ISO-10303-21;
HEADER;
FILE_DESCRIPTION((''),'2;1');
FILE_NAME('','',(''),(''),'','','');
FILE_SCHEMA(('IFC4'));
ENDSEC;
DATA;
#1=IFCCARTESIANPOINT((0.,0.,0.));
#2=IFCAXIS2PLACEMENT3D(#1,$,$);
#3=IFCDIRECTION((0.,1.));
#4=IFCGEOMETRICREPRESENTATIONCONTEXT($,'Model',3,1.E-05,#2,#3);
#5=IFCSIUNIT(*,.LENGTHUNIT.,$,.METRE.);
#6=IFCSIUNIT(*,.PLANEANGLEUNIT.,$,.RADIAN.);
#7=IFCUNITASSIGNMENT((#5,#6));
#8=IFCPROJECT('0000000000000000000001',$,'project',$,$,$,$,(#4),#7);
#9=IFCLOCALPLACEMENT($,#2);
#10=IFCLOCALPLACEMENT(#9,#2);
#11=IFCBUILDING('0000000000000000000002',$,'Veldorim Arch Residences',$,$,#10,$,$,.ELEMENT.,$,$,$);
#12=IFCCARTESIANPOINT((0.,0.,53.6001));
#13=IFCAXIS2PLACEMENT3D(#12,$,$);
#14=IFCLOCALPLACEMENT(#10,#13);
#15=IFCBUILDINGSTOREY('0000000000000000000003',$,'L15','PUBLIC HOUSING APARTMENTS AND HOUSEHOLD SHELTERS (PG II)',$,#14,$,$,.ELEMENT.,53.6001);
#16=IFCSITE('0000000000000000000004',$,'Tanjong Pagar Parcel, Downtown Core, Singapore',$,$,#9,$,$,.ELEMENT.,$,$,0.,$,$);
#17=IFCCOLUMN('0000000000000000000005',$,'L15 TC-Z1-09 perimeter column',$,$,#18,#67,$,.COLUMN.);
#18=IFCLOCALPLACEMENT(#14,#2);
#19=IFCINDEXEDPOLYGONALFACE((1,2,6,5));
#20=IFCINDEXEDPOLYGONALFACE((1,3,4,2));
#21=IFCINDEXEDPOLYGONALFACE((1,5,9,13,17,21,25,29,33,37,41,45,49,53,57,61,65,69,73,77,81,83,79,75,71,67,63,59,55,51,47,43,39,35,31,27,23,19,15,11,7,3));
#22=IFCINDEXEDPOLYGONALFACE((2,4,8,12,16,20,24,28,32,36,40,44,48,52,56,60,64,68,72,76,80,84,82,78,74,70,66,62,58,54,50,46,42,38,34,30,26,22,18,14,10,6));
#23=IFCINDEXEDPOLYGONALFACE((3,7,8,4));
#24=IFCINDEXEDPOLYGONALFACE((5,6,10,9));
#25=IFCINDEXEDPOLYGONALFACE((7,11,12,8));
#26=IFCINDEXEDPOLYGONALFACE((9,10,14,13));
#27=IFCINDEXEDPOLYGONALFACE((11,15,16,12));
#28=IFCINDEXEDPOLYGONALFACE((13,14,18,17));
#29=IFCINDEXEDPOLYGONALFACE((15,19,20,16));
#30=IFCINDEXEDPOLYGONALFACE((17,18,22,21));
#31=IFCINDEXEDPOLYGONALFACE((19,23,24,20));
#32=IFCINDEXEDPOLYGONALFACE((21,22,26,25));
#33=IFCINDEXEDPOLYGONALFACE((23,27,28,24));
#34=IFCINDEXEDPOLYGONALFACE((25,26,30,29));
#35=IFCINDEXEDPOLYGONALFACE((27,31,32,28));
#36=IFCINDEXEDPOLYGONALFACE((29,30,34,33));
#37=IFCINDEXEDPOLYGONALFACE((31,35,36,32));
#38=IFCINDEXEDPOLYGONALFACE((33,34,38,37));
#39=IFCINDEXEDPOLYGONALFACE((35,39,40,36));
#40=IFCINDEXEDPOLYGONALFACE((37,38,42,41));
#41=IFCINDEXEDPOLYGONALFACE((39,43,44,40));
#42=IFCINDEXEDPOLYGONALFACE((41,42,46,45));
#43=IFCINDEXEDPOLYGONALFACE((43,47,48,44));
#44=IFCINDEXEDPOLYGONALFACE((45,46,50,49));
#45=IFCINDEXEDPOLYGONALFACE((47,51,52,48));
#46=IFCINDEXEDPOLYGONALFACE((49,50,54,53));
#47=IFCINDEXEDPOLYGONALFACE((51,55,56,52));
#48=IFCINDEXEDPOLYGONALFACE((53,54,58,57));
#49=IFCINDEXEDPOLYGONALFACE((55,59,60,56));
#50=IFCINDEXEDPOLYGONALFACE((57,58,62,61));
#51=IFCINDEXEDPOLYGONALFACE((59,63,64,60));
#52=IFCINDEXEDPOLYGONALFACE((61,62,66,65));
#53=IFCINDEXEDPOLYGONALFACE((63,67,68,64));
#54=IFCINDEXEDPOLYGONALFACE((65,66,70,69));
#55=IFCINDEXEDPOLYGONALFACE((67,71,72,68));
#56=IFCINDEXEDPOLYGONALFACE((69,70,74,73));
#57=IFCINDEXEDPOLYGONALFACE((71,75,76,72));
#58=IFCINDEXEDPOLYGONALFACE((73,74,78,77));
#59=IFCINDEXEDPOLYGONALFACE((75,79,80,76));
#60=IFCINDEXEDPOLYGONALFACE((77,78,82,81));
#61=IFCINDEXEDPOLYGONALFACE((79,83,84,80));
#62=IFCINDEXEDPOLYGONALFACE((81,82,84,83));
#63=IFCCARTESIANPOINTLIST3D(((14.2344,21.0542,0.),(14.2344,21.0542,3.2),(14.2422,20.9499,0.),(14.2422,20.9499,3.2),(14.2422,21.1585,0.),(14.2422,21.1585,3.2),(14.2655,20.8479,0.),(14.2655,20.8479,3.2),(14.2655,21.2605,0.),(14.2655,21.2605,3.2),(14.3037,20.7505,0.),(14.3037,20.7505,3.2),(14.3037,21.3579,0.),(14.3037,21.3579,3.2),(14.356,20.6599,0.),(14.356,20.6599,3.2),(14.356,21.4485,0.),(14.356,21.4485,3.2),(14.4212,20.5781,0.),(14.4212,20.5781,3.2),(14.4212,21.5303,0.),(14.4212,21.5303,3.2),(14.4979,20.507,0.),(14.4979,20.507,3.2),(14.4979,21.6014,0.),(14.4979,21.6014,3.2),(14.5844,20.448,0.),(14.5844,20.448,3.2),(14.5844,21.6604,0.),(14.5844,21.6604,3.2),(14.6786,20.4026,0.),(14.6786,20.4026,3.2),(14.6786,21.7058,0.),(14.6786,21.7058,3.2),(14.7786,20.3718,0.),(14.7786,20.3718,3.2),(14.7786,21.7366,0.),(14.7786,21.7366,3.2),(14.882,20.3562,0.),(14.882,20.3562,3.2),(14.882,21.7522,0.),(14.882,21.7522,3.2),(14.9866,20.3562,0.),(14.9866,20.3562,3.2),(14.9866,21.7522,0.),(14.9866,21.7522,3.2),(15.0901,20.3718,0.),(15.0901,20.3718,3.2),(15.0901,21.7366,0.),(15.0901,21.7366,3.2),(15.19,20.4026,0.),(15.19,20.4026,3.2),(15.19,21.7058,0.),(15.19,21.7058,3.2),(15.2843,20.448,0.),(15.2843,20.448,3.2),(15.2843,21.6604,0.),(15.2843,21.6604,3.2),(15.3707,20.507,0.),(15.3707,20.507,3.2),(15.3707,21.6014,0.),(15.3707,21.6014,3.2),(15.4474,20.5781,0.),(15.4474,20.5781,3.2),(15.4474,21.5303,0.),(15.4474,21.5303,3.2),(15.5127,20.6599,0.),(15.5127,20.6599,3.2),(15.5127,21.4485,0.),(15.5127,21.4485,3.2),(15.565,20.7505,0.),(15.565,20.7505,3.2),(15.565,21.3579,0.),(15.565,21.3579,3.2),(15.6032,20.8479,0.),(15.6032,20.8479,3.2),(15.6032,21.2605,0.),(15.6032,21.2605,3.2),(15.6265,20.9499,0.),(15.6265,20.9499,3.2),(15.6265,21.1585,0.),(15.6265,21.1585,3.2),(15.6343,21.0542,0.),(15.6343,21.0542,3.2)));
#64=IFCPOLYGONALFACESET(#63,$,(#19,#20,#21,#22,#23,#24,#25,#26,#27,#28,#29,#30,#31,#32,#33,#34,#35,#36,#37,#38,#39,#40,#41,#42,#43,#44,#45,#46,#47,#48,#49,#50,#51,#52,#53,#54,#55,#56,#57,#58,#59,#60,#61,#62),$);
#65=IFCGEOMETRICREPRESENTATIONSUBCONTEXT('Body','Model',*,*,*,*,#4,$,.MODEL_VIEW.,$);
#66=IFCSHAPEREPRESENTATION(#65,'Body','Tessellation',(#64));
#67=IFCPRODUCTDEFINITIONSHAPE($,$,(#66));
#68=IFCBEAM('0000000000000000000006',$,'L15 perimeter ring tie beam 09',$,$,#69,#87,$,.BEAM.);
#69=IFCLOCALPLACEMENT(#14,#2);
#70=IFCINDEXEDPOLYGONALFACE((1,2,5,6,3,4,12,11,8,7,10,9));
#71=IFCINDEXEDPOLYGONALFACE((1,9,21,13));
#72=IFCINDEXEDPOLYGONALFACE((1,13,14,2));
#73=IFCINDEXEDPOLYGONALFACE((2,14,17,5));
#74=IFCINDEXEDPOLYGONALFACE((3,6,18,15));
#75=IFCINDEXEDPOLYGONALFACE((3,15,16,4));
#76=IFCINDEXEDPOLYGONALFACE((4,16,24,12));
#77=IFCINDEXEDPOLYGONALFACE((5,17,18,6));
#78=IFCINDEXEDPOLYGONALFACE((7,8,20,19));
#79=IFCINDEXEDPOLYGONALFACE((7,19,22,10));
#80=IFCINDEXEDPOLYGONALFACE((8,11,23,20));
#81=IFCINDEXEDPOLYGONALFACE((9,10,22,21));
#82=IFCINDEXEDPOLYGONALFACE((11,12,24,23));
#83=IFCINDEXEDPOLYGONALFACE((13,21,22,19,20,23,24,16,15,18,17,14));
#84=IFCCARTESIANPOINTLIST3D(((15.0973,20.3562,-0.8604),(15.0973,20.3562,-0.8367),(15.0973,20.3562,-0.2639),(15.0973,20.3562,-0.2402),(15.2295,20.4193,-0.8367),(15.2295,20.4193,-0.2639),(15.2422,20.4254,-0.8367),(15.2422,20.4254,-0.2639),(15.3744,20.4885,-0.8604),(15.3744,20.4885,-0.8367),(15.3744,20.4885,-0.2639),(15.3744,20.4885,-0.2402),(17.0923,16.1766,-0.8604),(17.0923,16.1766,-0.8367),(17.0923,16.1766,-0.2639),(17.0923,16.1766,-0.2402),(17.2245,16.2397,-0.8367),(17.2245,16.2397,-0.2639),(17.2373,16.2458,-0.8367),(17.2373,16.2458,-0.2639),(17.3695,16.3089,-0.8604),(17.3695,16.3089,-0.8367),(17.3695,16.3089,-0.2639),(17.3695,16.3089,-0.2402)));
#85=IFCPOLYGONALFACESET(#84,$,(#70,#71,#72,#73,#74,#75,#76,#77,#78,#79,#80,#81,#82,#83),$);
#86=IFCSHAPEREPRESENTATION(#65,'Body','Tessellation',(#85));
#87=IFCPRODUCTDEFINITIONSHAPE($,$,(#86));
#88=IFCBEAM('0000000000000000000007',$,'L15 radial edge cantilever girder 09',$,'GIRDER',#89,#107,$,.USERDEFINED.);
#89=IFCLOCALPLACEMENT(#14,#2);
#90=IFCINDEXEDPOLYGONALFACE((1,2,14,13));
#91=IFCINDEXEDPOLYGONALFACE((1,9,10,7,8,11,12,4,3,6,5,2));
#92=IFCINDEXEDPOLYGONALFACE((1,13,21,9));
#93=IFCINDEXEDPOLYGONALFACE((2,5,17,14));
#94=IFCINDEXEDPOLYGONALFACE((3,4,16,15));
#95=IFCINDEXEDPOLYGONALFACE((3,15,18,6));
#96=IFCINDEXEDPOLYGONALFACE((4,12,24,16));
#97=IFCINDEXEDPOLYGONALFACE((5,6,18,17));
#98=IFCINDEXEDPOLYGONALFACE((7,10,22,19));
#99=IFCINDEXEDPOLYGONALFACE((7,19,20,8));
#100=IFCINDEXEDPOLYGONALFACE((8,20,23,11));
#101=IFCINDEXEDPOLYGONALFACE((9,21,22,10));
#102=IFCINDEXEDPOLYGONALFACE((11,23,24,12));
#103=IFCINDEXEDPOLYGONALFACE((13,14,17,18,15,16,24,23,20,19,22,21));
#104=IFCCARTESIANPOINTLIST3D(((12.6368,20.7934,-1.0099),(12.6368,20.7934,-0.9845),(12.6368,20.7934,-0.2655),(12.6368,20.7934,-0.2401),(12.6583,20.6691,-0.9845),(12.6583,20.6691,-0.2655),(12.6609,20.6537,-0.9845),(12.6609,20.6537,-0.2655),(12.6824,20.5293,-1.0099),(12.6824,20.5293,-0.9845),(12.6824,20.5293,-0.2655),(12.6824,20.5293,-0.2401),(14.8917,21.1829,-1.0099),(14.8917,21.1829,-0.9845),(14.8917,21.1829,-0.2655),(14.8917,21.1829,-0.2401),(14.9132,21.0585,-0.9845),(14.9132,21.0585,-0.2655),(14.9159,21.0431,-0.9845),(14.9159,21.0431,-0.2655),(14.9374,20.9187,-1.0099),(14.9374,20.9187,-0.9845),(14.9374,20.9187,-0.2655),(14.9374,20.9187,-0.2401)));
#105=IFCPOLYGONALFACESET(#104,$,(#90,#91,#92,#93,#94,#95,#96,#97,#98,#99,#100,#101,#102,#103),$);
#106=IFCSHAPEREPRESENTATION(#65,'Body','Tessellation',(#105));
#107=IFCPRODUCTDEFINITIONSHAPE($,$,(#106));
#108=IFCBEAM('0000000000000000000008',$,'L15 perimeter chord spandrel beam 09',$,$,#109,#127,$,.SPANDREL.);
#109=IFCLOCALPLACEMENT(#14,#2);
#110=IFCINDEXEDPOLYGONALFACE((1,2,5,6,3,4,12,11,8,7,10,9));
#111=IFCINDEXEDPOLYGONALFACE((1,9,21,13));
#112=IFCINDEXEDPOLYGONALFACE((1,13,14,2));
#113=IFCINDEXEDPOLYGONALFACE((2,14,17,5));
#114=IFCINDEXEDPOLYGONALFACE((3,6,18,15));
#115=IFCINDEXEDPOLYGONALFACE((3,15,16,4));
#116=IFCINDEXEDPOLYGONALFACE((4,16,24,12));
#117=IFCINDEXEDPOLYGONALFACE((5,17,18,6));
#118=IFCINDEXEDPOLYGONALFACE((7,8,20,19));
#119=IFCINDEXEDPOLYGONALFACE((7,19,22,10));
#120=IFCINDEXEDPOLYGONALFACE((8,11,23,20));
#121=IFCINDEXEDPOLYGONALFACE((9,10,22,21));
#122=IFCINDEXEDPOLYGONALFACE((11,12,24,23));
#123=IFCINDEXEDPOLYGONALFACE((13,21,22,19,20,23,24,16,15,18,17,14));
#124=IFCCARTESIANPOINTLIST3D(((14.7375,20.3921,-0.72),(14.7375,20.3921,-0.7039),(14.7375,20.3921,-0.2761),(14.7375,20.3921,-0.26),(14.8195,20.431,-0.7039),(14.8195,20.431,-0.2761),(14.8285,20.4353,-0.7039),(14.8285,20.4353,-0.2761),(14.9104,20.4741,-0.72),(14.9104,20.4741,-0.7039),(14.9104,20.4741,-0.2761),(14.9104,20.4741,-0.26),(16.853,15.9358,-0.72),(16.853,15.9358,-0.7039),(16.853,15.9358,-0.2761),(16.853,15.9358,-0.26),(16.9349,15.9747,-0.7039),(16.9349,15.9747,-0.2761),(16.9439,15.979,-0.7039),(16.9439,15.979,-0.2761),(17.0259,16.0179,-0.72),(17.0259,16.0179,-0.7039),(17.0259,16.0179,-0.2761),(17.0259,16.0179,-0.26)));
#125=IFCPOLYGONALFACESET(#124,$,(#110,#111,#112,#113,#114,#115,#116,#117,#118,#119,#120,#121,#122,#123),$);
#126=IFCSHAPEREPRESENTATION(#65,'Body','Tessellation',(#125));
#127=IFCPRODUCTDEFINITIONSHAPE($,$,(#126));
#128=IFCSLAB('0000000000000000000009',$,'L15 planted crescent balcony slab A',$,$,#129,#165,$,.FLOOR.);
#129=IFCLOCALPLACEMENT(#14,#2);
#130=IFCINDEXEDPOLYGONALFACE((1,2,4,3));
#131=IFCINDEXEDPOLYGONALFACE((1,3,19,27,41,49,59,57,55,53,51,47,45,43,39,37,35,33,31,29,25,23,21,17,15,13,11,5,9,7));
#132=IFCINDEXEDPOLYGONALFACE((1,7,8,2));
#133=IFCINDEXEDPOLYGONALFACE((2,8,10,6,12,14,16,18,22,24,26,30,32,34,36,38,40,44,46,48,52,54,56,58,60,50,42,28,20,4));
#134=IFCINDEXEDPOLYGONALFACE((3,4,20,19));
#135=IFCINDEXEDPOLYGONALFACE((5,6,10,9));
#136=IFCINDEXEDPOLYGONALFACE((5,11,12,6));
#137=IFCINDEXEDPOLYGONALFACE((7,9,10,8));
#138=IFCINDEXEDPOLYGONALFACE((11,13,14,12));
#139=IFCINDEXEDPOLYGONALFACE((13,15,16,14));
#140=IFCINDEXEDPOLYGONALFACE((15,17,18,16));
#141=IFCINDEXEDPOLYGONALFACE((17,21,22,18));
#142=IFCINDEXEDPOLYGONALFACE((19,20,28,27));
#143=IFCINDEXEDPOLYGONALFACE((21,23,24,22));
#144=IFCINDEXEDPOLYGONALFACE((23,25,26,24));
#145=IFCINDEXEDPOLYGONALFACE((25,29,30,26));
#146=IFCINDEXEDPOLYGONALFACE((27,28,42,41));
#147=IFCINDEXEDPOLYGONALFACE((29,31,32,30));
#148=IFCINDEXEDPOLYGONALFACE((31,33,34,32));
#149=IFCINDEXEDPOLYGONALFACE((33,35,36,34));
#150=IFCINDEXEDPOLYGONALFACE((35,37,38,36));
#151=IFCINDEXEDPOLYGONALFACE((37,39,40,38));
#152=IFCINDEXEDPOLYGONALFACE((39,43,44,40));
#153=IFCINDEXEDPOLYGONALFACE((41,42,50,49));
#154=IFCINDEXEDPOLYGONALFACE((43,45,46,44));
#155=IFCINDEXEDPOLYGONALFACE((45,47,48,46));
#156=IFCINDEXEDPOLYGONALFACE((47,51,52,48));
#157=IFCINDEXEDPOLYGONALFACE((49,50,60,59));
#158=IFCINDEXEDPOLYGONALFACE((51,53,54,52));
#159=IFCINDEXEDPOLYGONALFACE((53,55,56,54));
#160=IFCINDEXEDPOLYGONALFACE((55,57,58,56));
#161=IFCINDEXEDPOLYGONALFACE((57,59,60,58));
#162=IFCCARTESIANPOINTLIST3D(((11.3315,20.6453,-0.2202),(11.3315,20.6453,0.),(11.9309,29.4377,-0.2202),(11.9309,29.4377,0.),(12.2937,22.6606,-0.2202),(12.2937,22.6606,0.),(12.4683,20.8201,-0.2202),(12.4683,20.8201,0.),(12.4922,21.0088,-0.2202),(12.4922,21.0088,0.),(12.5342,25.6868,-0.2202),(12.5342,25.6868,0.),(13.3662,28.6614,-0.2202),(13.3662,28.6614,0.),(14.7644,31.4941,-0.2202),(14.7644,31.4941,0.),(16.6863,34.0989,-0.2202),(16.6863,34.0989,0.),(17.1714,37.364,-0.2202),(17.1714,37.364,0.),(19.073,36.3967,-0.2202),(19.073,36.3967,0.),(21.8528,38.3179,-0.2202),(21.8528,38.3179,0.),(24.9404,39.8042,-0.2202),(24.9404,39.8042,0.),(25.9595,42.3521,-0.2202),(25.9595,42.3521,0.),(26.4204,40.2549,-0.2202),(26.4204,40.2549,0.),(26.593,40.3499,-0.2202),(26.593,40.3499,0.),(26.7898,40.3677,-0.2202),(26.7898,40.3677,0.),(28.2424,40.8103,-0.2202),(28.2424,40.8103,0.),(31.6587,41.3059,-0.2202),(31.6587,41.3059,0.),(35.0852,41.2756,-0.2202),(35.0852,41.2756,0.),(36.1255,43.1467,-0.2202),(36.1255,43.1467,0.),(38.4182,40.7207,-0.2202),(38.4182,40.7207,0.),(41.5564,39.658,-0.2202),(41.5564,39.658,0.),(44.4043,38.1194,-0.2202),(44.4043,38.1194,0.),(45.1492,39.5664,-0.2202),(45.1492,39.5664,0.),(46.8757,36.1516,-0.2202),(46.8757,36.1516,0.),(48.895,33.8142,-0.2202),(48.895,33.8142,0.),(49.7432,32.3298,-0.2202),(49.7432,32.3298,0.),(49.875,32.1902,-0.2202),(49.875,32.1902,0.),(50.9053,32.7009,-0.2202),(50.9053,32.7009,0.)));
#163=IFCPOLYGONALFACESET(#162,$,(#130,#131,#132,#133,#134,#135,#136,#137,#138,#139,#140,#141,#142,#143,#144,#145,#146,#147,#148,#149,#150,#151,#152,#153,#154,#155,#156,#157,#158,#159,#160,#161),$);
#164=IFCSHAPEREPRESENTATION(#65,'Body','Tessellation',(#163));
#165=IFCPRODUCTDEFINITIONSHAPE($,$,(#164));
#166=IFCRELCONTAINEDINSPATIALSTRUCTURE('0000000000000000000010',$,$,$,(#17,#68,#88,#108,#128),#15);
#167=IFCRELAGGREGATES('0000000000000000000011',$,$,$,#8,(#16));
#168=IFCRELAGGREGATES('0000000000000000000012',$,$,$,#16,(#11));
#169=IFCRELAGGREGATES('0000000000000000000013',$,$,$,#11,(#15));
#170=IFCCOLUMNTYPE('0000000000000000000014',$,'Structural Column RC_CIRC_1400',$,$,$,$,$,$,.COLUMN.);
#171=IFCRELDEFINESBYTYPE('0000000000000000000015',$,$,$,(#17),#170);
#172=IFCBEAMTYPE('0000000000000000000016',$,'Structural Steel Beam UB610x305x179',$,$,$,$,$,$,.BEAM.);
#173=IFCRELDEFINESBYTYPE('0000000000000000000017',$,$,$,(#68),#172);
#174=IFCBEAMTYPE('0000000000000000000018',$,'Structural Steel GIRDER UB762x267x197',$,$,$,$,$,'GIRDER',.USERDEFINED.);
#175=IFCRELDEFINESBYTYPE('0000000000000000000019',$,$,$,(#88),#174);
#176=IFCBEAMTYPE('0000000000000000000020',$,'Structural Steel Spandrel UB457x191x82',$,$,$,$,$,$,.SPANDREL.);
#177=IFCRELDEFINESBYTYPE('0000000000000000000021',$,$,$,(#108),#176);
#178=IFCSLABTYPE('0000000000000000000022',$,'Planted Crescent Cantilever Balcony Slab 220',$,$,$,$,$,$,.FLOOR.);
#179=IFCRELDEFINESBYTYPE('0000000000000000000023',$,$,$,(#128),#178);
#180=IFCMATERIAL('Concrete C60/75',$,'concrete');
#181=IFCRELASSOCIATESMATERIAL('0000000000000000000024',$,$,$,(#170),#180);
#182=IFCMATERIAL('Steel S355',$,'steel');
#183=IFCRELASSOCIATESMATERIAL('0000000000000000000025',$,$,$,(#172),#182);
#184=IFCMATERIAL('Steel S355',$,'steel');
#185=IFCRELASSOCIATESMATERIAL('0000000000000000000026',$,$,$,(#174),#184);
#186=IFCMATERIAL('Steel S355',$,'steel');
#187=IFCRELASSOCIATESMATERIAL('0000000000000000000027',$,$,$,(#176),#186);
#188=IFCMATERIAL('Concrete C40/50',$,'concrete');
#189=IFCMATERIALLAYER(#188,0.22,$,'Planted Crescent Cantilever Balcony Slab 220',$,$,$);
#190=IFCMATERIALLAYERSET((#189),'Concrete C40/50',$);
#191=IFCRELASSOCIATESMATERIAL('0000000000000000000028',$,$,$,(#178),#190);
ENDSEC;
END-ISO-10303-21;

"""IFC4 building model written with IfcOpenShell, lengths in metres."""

from ifc_helpers import new_model, si_unit, direction, frame, origin, origin_2d, place, context, subcontext, project, spatial, polyline, circle, i_section, outline, extrude, material, layer, layer_set, material_profile, profile_set, type_object, element, save


model = new_model("IFC4")

# Units and contexts
model_context = context("Model", 3, precision=1e-05, world=origin(), true_north=direction((0.0, 1.0)))
body_context = subcontext(model_context, "Body", "Model", "MODEL_VIEW")
ifc_project = project(units=[si_unit("LENGTHUNIT", "METRE"), si_unit("PLANEANGLEUNIT", "RADIAN")], contexts=[model_context])

# Site, building, storey
site_placement = place(None, origin())
site = spatial("IfcSite", under=ifc_project, at=site_placement, Name="Tanjong Pagar Parcel, Downtown Core, Singapore", CompositionType="ELEMENT", RefElevation=0.0)
building_placement = place(site_placement, origin())
building = spatial("IfcBuilding", under=site, at=building_placement, Name="Veldorim Arch Residences", CompositionType="ELEMENT")
storey_placement = place(building_placement, frame((0.0, 0.0, 53.6001)))
storey = spatial("IfcBuildingStorey", under=building, at=storey_placement, Name="L15", Description="PUBLIC HOUSING APARTMENTS AND HOUSEHOLD SHELTERS (PG II)", CompositionType="ELEMENT", Elevation=53.6001)

# Column
ifc_material_1 = material(Name="Concrete C60/75", Category="concrete")
ifc_material_profile_1 = material_profile(ifc_material_1, circle(Radius=0.7, at=origin_2d()), Name="RC_CIRC_1400")
ifc_profile_set_1 = profile_set([ifc_material_profile_1], Name="Concrete C60/75")
column_type = type_object("IfcColumnType", Name="Structural Column RC_CIRC_1400", PredefinedType="COLUMN", material=ifc_profile_set_1)
column_placement = place(storey_placement, frame((14.9343, 21.0542, 0.0), z_axis=(0.0, 0.0, 1.0), x_axis=(1.0, 0.0, 0.0)))
element("IfcColumn", 1, at=column_placement, inside=storey, type_object=column_type, Name="L15 TC-Z1-09 perimeter column", PredefinedType="COLUMN", context=body_context, shape_type="SweptSolid", body=[
    extrude(circle(Radius=0.7, at=origin_2d()), origin(), (0.0, 0.0, 1.0), 3.2),
])

# Beams
ifc_material_2 = material(Name="Steel S355", Category="steel")
ifc_material_profile_2 = material_profile(ifc_material_2, i_section(OverallWidth=0.3071, OverallDepth=0.6201, WebThickness=0.0142, FlangeThickness=0.0237, at=origin_2d()), Name="UB610x305x179")
ifc_profile_set_2 = profile_set([ifc_material_profile_2], Name="Steel S355")
beam_type_1 = type_object("IfcBeamType", Name="Structural Steel Beam UB610x305x179", PredefinedType="BEAM", material=ifc_profile_set_2)
beam_1_placement = place(storey_placement, frame((15.2358, 20.4224, -0.5503), z_axis=(0.430776, -0.902459, 0.0), x_axis=(0.902459, 0.430776, 0.0)))
element("IfcBeam", 2, at=beam_1_placement, inside=storey, type_object=beam_type_1, Name="L15 perimeter ring tie beam 09", PredefinedType="BEAM", context=body_context, shape_type="SweptSolid", body=[
    extrude(i_section(OverallWidth=0.3071, OverallDepth=0.6201, WebThickness=0.0142, FlangeThickness=0.0237, at=origin_2d()), origin(), (0.0, 0.0, 1.0), 4.6313),
])
ifc_material_3 = material(Name="Steel S355", Category="steel")
ifc_material_profile_3 = material_profile(ifc_material_3, i_section(OverallWidth=0.2681, OverallDepth=0.7698, WebThickness=0.0156, FlangeThickness=0.0254, at=origin_2d()), Name="UB762x267x197")
ifc_profile_set_3 = profile_set([ifc_material_profile_3], Name="Steel S355")
beam_type_2 = type_object("IfcBeamType", Name="Structural Steel GIRDER UB762x267x197", ElementType="GIRDER", PredefinedType="USERDEFINED", material=ifc_profile_set_3)
beam_2_placement = place(storey_placement, frame((14.9146, 21.0508, -0.625), z_axis=(-0.985414, -0.170175, 0.0), x_axis=(0.170175, -0.985414, 0.0)))
element("IfcBeam", 3, at=beam_2_placement, inside=storey, type_object=beam_type_2, Name="L15 radial edge cantilever girder 09", ObjectType="GIRDER", PredefinedType="USERDEFINED", context=body_context, shape_type="SweptSolid", body=[
    extrude(i_section(OverallWidth=0.2681, OverallDepth=0.7698, WebThickness=0.0156, FlangeThickness=0.0254, at=origin_2d()), origin(), (0.0, 0.0, 1.0), 2.2883),
])
ifc_material_4 = material(Name="Steel S355", Category="steel")
ifc_material_profile_4 = material_profile(ifc_material_4, i_section(OverallWidth=0.1914, OverallDepth=0.46, WebThickness=0.01, FlangeThickness=0.0161, at=origin_2d()), Name="UB457x191x82")
ifc_profile_set_4 = profile_set([ifc_material_profile_4], Name="Steel S355")
beam_type_3 = type_object("IfcBeamType", Name="Structural Steel Spandrel UB457x191x82", PredefinedType="SPANDREL", material=ifc_profile_set_4)
beam_3_placement = place(storey_placement, frame((14.824, 20.4331, -0.49), z_axis=(0.428848, -0.903377, 0.0), x_axis=(0.903377, 0.428848, 0.0)))
element("IfcBeam", 4, at=beam_3_placement, inside=storey, type_object=beam_type_3, Name="L15 perimeter chord spandrel beam 09", PredefinedType="SPANDREL", context=body_context, shape_type="SweptSolid", body=[
    extrude(i_section(OverallWidth=0.1914, OverallDepth=0.46, WebThickness=0.01, FlangeThickness=0.0161, at=origin_2d()), origin(), (0.0, 0.0, 1.0), 4.9329),
])

# Slab
ifc_material_5 = material(Name="Concrete C40/50", Category="concrete")
ifc_layer_1 = layer(ifc_material_5, 0.22, Name="Planted Crescent Cantilever Balcony Slab 220")
ifc_layer_set_1 = layer_set([ifc_layer_1], Name="Concrete C40/50")
slab_type_1 = type_object("IfcSlabType", Name="Planted Crescent Cantilever Balcony Slab 220", PredefinedType="FLOOR", material=ifc_layer_set_1)
slab_1_placement = place(storey_placement, frame((0.0, 0.0, -0.2202)))
element("IfcSlab", 5, at=slab_1_placement, inside=storey, type_object=slab_type_1, Name="L15 planted crescent balcony slab A", PredefinedType="FLOOR", context=body_context, shape_type="SweptSolid", body=[
    extrude(outline(polyline([(49.7432, 32.3298), (48.895, 33.8142), (46.8757, 36.1516), (44.4043, 38.1194), (41.5564, 39.658), (38.4182, 40.7207), (35.0852, 41.2756), (31.6587, 41.3059), (28.2424, 40.8103), (26.7898, 40.3677), (26.593, 40.3499), (26.4204, 40.2549), (24.9404, 39.8042), (21.8528, 38.3179), (19.073, 36.3967), (16.6863, 34.0989), (14.7644, 31.4941), (13.3662, 28.6614), (12.5342, 25.6868), (12.2937, 22.6606), (12.4922, 21.0088), (12.4683, 20.8201), (11.3315, 20.6453), (11.9309, 29.4377), (17.1714, 37.364), (25.9595, 42.3521), (36.1255, 43.1467), (45.1492, 39.5664), (50.9053, 32.7009), (49.875, 32.1902), (49.7432, 32.3298)])), origin(), (0.0, 0.0, 1.0), 0.2202),
])

save(model, "model.ifc")
